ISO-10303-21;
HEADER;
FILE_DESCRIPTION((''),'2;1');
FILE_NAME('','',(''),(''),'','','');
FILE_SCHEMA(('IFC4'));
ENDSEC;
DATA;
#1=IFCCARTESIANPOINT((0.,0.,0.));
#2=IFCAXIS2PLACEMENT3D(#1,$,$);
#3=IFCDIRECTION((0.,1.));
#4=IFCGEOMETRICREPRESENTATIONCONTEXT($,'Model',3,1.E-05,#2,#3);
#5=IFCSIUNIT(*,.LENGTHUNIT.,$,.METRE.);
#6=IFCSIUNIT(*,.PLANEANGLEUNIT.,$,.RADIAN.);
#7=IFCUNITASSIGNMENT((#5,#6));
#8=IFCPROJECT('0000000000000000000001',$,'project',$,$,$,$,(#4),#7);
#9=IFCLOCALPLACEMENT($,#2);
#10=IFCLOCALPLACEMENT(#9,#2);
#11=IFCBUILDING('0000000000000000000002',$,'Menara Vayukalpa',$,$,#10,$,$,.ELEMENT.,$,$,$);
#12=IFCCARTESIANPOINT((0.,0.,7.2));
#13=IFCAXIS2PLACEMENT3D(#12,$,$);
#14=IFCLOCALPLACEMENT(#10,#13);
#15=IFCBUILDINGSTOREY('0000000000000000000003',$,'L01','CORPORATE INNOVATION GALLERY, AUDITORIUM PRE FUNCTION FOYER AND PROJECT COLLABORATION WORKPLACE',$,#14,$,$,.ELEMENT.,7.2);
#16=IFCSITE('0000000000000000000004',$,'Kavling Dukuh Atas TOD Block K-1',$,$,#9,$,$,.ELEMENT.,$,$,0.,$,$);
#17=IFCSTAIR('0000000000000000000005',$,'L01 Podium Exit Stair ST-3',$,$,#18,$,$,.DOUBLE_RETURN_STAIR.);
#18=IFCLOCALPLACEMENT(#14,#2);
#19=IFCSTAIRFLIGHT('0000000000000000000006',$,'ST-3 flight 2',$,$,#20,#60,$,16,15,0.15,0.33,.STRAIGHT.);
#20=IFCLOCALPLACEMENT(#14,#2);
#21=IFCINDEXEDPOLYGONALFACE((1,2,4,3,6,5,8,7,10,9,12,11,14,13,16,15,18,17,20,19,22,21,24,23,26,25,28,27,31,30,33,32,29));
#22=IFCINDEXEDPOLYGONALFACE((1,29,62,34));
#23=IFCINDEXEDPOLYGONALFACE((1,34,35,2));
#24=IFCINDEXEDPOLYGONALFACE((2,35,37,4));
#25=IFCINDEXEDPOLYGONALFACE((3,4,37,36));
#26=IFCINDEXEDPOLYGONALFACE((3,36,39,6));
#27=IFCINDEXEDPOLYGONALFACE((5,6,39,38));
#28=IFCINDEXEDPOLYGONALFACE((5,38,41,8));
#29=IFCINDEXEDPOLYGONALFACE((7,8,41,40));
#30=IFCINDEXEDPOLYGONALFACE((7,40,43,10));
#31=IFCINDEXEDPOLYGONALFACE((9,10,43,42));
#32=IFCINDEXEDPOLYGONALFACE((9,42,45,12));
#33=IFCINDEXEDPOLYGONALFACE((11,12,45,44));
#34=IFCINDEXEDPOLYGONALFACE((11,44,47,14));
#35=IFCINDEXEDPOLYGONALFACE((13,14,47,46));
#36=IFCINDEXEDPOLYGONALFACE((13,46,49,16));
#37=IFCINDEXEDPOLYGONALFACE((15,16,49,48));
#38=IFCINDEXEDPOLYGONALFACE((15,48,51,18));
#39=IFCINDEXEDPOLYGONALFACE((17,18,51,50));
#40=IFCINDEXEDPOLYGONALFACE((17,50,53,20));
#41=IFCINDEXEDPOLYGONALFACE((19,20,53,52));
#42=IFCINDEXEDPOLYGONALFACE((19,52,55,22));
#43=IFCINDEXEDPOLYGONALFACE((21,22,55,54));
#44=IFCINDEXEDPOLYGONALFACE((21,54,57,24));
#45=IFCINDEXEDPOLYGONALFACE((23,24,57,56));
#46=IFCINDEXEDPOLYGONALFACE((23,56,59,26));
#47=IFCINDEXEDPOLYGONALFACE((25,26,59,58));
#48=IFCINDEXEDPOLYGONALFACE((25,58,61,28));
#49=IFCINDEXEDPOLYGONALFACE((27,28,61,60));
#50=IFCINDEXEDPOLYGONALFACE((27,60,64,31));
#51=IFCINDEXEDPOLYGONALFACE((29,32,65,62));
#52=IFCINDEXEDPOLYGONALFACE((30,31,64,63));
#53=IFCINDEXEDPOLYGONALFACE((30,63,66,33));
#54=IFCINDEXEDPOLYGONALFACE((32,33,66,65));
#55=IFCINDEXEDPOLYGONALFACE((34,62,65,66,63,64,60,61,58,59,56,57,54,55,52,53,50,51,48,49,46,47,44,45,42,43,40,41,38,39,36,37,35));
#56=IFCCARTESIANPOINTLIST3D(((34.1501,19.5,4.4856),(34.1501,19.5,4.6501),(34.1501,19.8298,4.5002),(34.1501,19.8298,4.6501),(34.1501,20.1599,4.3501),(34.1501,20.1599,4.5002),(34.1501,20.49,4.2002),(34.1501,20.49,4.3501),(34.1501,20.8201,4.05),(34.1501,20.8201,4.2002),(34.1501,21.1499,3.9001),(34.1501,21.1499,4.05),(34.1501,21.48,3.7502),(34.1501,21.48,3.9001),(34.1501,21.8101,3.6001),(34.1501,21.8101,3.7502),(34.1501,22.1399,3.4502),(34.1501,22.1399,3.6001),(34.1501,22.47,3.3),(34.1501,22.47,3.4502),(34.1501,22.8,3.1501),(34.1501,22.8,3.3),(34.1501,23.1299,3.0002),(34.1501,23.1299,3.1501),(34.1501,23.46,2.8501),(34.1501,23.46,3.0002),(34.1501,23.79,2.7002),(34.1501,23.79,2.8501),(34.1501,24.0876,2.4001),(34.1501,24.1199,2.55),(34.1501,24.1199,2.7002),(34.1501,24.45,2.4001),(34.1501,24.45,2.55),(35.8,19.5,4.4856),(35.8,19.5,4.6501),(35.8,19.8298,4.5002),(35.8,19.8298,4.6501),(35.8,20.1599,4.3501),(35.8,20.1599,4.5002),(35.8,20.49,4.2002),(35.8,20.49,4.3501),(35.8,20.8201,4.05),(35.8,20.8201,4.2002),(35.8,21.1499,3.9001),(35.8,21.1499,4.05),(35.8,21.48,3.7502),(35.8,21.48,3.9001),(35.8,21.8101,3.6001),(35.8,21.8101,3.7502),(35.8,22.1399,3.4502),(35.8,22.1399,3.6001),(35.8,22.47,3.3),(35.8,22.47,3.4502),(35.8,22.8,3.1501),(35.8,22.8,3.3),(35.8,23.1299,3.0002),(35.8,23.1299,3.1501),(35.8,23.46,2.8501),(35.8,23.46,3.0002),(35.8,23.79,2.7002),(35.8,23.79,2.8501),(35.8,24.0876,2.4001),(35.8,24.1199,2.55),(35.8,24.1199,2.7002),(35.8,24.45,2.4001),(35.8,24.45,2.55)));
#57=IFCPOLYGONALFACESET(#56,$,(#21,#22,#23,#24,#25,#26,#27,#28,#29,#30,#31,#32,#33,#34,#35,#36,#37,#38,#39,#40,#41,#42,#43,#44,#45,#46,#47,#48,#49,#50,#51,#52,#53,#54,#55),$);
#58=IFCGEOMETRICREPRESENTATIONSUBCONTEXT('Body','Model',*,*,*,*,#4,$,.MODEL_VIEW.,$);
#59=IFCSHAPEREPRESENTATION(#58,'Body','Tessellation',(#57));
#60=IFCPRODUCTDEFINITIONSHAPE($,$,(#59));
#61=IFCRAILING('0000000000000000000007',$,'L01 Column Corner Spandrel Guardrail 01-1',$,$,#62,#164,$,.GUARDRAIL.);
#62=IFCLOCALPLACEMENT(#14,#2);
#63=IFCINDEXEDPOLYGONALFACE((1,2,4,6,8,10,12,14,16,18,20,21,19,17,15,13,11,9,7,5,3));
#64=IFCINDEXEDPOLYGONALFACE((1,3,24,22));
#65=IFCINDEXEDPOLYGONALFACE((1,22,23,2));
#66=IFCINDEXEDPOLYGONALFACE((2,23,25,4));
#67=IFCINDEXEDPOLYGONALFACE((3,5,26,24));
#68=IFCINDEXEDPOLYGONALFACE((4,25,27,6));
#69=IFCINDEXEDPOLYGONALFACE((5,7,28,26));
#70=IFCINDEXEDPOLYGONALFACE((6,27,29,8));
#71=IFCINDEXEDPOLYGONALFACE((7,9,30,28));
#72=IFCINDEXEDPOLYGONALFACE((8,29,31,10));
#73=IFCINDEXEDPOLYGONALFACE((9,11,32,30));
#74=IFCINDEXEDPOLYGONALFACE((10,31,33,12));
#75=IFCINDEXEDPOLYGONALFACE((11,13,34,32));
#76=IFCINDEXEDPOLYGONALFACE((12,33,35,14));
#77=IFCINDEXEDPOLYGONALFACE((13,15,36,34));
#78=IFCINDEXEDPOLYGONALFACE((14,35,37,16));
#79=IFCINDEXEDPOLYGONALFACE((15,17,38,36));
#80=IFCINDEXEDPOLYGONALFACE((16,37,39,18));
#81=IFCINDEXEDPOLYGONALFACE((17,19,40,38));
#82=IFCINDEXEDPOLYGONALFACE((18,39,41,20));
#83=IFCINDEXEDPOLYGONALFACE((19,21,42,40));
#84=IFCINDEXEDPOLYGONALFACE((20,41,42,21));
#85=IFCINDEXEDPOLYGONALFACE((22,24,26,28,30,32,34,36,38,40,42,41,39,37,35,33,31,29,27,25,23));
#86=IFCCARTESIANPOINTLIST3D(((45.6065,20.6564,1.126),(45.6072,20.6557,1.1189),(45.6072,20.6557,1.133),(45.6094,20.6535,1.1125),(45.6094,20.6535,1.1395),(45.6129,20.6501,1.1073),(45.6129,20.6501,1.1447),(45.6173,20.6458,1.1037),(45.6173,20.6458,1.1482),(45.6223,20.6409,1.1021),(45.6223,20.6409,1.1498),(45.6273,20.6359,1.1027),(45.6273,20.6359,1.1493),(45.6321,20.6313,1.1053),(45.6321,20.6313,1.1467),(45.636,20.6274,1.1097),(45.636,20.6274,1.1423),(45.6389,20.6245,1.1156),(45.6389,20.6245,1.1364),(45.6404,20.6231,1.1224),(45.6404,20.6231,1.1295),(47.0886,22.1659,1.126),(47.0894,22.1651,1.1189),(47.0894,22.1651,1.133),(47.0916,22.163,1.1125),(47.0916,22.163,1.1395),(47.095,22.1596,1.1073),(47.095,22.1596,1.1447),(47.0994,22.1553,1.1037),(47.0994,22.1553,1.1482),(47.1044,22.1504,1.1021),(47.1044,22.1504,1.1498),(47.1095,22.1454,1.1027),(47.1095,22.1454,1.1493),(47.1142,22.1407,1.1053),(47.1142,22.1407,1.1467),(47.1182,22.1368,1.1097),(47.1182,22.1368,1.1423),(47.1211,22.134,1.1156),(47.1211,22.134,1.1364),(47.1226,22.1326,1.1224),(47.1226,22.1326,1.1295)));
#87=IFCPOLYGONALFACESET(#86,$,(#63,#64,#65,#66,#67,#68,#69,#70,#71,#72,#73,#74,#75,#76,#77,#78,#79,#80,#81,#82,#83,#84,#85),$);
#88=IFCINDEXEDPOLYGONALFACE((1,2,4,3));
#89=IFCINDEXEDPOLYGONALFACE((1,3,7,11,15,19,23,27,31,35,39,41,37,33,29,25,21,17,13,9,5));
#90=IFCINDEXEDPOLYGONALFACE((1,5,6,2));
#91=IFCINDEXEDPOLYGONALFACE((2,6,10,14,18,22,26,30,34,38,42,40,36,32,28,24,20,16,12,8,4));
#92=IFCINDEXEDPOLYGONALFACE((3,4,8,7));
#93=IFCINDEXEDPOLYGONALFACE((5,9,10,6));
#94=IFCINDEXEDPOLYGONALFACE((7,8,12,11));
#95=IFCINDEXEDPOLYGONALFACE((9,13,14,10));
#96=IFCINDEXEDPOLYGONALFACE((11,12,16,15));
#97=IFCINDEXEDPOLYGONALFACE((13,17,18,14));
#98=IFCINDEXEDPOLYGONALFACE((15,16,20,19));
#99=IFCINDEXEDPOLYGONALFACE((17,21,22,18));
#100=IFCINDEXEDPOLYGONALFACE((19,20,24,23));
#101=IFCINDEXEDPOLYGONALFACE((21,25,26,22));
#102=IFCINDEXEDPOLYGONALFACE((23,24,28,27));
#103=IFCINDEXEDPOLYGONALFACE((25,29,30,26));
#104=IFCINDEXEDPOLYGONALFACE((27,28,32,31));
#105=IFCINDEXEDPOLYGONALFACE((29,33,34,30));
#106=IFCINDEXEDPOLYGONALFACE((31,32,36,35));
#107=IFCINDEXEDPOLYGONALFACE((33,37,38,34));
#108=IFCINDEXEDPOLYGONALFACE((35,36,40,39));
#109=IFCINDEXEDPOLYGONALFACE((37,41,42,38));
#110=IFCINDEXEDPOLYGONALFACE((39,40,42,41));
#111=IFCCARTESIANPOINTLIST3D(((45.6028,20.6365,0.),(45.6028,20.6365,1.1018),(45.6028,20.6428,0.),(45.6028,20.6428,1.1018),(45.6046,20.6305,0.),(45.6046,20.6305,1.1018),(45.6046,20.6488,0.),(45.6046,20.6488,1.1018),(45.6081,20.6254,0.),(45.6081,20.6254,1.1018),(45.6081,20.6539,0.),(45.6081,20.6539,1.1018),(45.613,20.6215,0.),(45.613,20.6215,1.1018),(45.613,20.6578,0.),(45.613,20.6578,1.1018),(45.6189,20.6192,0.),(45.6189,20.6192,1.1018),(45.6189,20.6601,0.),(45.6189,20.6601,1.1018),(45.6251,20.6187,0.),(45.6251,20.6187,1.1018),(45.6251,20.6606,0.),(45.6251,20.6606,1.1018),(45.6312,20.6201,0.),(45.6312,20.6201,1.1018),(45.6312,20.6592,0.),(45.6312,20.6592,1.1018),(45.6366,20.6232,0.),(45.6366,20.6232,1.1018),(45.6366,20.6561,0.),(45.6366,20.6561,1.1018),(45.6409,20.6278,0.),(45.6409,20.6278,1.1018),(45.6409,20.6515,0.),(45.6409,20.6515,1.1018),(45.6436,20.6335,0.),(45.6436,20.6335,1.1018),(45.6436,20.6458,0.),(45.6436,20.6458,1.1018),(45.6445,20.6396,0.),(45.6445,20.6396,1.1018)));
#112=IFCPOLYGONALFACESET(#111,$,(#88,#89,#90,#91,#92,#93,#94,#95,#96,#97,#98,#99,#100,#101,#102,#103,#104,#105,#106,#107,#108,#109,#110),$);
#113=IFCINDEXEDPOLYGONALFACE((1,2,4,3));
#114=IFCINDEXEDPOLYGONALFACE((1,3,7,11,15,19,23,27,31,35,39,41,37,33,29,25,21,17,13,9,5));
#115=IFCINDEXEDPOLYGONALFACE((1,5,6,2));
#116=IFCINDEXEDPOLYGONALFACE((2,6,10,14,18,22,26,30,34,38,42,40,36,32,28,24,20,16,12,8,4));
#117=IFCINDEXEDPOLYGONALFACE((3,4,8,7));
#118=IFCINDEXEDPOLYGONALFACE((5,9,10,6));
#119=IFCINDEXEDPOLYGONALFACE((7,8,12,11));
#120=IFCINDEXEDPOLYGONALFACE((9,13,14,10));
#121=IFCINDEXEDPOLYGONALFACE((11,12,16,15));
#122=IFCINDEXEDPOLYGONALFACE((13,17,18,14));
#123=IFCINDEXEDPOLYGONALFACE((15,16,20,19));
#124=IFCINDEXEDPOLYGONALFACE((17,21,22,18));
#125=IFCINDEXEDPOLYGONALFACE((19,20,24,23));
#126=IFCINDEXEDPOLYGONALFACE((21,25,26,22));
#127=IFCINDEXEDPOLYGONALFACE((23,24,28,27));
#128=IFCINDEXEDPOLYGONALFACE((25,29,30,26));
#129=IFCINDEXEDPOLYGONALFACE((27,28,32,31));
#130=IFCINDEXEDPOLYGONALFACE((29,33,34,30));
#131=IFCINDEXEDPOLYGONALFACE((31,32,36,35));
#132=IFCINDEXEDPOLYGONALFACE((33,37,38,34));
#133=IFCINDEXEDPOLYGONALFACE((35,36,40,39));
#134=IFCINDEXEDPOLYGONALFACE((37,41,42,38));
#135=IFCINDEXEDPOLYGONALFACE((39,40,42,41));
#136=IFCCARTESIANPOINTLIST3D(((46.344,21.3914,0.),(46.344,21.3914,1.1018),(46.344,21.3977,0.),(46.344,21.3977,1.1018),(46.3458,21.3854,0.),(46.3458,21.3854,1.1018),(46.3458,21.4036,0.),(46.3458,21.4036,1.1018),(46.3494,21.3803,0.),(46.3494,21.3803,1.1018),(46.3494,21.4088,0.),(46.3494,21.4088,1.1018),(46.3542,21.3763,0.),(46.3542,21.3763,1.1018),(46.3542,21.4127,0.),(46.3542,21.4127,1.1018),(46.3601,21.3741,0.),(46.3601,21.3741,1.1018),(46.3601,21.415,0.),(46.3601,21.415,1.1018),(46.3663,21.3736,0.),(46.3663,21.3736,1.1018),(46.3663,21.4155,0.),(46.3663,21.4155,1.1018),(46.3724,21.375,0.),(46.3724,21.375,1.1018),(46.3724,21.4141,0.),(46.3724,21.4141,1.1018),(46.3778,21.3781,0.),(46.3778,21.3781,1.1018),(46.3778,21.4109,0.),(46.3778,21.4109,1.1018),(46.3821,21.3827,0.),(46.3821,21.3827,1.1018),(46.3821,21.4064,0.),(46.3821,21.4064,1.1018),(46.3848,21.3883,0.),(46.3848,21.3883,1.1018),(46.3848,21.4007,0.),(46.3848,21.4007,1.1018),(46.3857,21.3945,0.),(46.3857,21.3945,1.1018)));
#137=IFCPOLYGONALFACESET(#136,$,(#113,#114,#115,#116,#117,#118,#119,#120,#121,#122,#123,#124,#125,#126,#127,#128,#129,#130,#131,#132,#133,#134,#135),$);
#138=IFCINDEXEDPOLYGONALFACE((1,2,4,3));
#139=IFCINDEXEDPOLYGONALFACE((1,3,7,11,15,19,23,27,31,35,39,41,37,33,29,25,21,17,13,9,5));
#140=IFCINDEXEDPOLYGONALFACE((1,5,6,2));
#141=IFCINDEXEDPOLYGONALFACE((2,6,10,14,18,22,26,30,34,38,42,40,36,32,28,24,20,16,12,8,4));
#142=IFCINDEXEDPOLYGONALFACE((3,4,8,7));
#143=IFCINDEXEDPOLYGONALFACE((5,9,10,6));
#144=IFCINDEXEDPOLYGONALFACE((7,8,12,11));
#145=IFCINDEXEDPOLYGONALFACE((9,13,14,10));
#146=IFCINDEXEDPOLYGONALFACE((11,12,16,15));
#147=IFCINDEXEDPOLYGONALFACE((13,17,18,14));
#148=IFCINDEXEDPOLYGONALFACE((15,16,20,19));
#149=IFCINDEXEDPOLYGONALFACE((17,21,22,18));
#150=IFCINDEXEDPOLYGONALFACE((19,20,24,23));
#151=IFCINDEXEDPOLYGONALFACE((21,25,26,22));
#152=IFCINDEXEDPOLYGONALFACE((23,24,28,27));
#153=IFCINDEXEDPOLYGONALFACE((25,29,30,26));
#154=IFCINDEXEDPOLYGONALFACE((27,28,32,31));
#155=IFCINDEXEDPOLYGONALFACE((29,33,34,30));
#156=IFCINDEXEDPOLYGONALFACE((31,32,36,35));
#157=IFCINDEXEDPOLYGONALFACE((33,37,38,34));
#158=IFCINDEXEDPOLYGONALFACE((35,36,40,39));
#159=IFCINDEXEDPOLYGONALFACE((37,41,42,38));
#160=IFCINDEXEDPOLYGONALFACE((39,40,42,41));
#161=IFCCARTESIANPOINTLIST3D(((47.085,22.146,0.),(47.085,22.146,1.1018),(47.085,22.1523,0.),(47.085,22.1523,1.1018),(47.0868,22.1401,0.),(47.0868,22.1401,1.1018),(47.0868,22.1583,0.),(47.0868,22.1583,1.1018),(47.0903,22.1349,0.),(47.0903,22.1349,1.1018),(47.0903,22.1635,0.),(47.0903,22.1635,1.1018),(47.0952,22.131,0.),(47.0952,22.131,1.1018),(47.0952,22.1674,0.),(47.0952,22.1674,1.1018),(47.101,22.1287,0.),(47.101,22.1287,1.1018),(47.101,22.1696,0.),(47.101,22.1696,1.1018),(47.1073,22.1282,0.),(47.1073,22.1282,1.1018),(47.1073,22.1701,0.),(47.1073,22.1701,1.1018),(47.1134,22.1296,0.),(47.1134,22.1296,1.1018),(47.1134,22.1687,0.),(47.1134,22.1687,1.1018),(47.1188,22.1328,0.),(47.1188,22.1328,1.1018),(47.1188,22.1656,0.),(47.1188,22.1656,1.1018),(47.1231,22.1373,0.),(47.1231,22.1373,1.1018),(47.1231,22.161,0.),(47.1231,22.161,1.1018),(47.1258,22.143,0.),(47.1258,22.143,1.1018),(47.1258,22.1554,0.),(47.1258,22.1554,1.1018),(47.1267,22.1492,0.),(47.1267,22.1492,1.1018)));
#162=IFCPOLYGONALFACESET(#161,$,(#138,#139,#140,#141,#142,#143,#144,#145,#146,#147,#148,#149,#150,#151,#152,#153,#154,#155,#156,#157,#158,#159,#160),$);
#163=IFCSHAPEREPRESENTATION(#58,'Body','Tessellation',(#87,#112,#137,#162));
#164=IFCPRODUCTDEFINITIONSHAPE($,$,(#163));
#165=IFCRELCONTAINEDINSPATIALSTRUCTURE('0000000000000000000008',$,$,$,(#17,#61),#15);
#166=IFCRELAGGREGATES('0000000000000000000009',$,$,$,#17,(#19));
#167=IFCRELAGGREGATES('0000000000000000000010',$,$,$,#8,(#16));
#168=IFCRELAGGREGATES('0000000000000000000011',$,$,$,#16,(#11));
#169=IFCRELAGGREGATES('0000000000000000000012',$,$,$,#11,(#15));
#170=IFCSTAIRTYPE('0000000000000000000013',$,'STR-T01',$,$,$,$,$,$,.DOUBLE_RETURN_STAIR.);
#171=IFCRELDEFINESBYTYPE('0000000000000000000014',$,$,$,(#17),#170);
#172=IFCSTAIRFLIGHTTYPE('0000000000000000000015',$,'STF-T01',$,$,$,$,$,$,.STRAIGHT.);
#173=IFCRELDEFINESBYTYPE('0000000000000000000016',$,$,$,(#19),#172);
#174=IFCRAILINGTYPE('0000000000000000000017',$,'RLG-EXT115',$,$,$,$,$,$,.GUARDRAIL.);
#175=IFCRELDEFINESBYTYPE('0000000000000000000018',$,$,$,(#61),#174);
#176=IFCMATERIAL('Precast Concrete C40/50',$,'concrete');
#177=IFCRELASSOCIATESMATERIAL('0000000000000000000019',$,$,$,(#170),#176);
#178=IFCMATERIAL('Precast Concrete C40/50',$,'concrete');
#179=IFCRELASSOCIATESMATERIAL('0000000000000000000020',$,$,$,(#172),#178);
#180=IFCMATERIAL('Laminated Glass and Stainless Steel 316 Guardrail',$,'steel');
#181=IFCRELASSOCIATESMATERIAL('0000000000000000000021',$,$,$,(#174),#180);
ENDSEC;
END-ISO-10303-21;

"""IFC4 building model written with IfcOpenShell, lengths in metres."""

from ifc_helpers import new_model, si_unit, direction, frame, origin, origin_2d, place, context, subcontext, project, spatial, polyline, circle, outline, extrude, material, type_object, element, aggregate, save


model = new_model("IFC4")

# Units and contexts
model_context = context("Model", 3, precision=1e-05, world=origin(), true_north=direction((0.0, 1.0)))
body_context = subcontext(model_context, "Body", "Model", "MODEL_VIEW")
ifc_project = project(units=[si_unit("LENGTHUNIT", "METRE"), si_unit("PLANEANGLEUNIT", "RADIAN")], contexts=[model_context])

# Site, building, storey
site_placement = place(None, origin())
site = spatial("IfcSite", under=ifc_project, at=site_placement, Name="Kavling Dukuh Atas TOD Block K-1", CompositionType="ELEMENT", RefElevation=0.0)
building_placement = place(site_placement, origin())
building = spatial("IfcBuilding", under=site, at=building_placement, Name="Menara Vayukalpa", CompositionType="ELEMENT")
storey_placement = place(building_placement, frame((0.0, 0.0, 7.2)))
storey = spatial("IfcBuildingStorey", under=building, at=storey_placement, Name="L01", Description="CORPORATE INNOVATION GALLERY, AUDITORIUM PRE FUNCTION FOYER AND PROJECT COLLABORATION WORKPLACE", CompositionType="ELEMENT", Elevation=7.2)

# Stair, stair flight
ifc_material_1 = material(Name="Precast Concrete C40/50", Category="concrete")
stair_type = type_object("IfcStairType", Name="STR-T01", PredefinedType="DOUBLE_RETURN_STAIR", material=ifc_material_1)
stair_placement = place(storey_placement, origin())
stair = element("IfcStair", 1, at=stair_placement, inside=storey, type_object=stair_type, Name="L01 Podium Exit Stair ST-3", PredefinedType="DOUBLE_RETURN_STAIR")
ifc_material_2 = material(Name="Precast Concrete C40/50", Category="concrete")
stair_flight_type = type_object("IfcStairFlightType", Name="STF-T01", PredefinedType="STRAIGHT", material=ifc_material_2)
stair_flight_placement = place(storey_placement, frame((34.9751, 24.45, 2.4001), z_axis=(0.0, 0.0, 1.0), x_axis=(0.0, -1.0, 0.0)))
stair_flight = element("IfcStairFlight", 2, at=stair_flight_placement, type_object=stair_flight_type, Name="ST-3 flight 2", NumberOfRisers=16, NumberOfTreads=15, PredefinedType="STRAIGHT", RiserHeight=0.15, TreadLength=0.33, context=body_context, shape_type="SweptSolid", body=[
    extrude(outline(polyline([(0.0, 0.0), (0.0, 0.1499), (0.3301, 0.1499), (0.3301, 0.3), (0.6599, 0.3), (0.6599, 0.45), (0.99, 0.45), (0.99, 0.6001), (1.3201, 0.6001), (1.3201, 0.75), (1.6499, 0.75), (1.6499, 0.8999), (1.98, 0.8999), (1.98, 1.05), (2.3101, 1.05), (2.3101, 1.2), (2.6399, 1.2), (2.6399, 1.3501), (2.97, 1.3501), (2.97, 1.5), (3.3, 1.5), (3.3, 1.6499), (3.6299, 1.6499), (3.6299, 1.8), (3.96, 1.8), (3.96, 1.95), (4.29, 1.95), (4.29, 2.1001), (4.6201, 2.1001), (4.6201, 2.25), (4.95, 2.25), (4.95, 2.3999), (4.95, 2.0854), (0.3623, 0.0), (0.0, 0.0)])), frame((0.0, 0.825, 0.0), z_axis=(0.0, -1.0, 0.0), x_axis=(1.0, 0.0, 0.0)), (0.0, 0.0, 1.0), 1.6499),
])
aggregate(stair, [stair_flight])

# Railing
ifc_material_3 = material(Name="Laminated Glass and Stainless Steel 316 Guardrail", Category="steel")
railing_type_1 = type_object("IfcRailingType", Name="RLG-EXT115", PredefinedType="GUARDRAIL", material=ifc_material_3)
railing_1_placement = place(storey_placement, frame((45.6235, 20.6396, 0.0)))
element("IfcRailing", 3, at=railing_1_placement, inside=storey, type_object=railing_type_1, Name="L01 Column Corner Spandrel Guardrail 01-1", PredefinedType="GUARDRAIL", context=body_context, shape_type="SweptSolid", body=[
    extrude(circle(Radius=0.0239, at=origin_2d()), frame((0.0, 0.0, 1.126), z_axis=(0.700615, 0.71354, 0.0), x_axis=(-0.71354, 0.700615, 0.0)), (0.0, 0.0, 1.0), 2.1155),
    extrude(circle(Radius=0.021, at=origin_2d()), origin(), (0.0, 0.0, 1.0), 1.1018),
    extrude(circle(Radius=0.021, at=origin_2d()), frame((0.7412, 0.7549, 0.0)), (0.0, 0.0, 1.0), 1.1018),
    extrude(circle(Radius=0.021, at=origin_2d()), frame((1.4822, 1.5095, 0.0)), (0.0, 0.0, 1.0), 1.1018),
])

save(model, "model.ifc")
